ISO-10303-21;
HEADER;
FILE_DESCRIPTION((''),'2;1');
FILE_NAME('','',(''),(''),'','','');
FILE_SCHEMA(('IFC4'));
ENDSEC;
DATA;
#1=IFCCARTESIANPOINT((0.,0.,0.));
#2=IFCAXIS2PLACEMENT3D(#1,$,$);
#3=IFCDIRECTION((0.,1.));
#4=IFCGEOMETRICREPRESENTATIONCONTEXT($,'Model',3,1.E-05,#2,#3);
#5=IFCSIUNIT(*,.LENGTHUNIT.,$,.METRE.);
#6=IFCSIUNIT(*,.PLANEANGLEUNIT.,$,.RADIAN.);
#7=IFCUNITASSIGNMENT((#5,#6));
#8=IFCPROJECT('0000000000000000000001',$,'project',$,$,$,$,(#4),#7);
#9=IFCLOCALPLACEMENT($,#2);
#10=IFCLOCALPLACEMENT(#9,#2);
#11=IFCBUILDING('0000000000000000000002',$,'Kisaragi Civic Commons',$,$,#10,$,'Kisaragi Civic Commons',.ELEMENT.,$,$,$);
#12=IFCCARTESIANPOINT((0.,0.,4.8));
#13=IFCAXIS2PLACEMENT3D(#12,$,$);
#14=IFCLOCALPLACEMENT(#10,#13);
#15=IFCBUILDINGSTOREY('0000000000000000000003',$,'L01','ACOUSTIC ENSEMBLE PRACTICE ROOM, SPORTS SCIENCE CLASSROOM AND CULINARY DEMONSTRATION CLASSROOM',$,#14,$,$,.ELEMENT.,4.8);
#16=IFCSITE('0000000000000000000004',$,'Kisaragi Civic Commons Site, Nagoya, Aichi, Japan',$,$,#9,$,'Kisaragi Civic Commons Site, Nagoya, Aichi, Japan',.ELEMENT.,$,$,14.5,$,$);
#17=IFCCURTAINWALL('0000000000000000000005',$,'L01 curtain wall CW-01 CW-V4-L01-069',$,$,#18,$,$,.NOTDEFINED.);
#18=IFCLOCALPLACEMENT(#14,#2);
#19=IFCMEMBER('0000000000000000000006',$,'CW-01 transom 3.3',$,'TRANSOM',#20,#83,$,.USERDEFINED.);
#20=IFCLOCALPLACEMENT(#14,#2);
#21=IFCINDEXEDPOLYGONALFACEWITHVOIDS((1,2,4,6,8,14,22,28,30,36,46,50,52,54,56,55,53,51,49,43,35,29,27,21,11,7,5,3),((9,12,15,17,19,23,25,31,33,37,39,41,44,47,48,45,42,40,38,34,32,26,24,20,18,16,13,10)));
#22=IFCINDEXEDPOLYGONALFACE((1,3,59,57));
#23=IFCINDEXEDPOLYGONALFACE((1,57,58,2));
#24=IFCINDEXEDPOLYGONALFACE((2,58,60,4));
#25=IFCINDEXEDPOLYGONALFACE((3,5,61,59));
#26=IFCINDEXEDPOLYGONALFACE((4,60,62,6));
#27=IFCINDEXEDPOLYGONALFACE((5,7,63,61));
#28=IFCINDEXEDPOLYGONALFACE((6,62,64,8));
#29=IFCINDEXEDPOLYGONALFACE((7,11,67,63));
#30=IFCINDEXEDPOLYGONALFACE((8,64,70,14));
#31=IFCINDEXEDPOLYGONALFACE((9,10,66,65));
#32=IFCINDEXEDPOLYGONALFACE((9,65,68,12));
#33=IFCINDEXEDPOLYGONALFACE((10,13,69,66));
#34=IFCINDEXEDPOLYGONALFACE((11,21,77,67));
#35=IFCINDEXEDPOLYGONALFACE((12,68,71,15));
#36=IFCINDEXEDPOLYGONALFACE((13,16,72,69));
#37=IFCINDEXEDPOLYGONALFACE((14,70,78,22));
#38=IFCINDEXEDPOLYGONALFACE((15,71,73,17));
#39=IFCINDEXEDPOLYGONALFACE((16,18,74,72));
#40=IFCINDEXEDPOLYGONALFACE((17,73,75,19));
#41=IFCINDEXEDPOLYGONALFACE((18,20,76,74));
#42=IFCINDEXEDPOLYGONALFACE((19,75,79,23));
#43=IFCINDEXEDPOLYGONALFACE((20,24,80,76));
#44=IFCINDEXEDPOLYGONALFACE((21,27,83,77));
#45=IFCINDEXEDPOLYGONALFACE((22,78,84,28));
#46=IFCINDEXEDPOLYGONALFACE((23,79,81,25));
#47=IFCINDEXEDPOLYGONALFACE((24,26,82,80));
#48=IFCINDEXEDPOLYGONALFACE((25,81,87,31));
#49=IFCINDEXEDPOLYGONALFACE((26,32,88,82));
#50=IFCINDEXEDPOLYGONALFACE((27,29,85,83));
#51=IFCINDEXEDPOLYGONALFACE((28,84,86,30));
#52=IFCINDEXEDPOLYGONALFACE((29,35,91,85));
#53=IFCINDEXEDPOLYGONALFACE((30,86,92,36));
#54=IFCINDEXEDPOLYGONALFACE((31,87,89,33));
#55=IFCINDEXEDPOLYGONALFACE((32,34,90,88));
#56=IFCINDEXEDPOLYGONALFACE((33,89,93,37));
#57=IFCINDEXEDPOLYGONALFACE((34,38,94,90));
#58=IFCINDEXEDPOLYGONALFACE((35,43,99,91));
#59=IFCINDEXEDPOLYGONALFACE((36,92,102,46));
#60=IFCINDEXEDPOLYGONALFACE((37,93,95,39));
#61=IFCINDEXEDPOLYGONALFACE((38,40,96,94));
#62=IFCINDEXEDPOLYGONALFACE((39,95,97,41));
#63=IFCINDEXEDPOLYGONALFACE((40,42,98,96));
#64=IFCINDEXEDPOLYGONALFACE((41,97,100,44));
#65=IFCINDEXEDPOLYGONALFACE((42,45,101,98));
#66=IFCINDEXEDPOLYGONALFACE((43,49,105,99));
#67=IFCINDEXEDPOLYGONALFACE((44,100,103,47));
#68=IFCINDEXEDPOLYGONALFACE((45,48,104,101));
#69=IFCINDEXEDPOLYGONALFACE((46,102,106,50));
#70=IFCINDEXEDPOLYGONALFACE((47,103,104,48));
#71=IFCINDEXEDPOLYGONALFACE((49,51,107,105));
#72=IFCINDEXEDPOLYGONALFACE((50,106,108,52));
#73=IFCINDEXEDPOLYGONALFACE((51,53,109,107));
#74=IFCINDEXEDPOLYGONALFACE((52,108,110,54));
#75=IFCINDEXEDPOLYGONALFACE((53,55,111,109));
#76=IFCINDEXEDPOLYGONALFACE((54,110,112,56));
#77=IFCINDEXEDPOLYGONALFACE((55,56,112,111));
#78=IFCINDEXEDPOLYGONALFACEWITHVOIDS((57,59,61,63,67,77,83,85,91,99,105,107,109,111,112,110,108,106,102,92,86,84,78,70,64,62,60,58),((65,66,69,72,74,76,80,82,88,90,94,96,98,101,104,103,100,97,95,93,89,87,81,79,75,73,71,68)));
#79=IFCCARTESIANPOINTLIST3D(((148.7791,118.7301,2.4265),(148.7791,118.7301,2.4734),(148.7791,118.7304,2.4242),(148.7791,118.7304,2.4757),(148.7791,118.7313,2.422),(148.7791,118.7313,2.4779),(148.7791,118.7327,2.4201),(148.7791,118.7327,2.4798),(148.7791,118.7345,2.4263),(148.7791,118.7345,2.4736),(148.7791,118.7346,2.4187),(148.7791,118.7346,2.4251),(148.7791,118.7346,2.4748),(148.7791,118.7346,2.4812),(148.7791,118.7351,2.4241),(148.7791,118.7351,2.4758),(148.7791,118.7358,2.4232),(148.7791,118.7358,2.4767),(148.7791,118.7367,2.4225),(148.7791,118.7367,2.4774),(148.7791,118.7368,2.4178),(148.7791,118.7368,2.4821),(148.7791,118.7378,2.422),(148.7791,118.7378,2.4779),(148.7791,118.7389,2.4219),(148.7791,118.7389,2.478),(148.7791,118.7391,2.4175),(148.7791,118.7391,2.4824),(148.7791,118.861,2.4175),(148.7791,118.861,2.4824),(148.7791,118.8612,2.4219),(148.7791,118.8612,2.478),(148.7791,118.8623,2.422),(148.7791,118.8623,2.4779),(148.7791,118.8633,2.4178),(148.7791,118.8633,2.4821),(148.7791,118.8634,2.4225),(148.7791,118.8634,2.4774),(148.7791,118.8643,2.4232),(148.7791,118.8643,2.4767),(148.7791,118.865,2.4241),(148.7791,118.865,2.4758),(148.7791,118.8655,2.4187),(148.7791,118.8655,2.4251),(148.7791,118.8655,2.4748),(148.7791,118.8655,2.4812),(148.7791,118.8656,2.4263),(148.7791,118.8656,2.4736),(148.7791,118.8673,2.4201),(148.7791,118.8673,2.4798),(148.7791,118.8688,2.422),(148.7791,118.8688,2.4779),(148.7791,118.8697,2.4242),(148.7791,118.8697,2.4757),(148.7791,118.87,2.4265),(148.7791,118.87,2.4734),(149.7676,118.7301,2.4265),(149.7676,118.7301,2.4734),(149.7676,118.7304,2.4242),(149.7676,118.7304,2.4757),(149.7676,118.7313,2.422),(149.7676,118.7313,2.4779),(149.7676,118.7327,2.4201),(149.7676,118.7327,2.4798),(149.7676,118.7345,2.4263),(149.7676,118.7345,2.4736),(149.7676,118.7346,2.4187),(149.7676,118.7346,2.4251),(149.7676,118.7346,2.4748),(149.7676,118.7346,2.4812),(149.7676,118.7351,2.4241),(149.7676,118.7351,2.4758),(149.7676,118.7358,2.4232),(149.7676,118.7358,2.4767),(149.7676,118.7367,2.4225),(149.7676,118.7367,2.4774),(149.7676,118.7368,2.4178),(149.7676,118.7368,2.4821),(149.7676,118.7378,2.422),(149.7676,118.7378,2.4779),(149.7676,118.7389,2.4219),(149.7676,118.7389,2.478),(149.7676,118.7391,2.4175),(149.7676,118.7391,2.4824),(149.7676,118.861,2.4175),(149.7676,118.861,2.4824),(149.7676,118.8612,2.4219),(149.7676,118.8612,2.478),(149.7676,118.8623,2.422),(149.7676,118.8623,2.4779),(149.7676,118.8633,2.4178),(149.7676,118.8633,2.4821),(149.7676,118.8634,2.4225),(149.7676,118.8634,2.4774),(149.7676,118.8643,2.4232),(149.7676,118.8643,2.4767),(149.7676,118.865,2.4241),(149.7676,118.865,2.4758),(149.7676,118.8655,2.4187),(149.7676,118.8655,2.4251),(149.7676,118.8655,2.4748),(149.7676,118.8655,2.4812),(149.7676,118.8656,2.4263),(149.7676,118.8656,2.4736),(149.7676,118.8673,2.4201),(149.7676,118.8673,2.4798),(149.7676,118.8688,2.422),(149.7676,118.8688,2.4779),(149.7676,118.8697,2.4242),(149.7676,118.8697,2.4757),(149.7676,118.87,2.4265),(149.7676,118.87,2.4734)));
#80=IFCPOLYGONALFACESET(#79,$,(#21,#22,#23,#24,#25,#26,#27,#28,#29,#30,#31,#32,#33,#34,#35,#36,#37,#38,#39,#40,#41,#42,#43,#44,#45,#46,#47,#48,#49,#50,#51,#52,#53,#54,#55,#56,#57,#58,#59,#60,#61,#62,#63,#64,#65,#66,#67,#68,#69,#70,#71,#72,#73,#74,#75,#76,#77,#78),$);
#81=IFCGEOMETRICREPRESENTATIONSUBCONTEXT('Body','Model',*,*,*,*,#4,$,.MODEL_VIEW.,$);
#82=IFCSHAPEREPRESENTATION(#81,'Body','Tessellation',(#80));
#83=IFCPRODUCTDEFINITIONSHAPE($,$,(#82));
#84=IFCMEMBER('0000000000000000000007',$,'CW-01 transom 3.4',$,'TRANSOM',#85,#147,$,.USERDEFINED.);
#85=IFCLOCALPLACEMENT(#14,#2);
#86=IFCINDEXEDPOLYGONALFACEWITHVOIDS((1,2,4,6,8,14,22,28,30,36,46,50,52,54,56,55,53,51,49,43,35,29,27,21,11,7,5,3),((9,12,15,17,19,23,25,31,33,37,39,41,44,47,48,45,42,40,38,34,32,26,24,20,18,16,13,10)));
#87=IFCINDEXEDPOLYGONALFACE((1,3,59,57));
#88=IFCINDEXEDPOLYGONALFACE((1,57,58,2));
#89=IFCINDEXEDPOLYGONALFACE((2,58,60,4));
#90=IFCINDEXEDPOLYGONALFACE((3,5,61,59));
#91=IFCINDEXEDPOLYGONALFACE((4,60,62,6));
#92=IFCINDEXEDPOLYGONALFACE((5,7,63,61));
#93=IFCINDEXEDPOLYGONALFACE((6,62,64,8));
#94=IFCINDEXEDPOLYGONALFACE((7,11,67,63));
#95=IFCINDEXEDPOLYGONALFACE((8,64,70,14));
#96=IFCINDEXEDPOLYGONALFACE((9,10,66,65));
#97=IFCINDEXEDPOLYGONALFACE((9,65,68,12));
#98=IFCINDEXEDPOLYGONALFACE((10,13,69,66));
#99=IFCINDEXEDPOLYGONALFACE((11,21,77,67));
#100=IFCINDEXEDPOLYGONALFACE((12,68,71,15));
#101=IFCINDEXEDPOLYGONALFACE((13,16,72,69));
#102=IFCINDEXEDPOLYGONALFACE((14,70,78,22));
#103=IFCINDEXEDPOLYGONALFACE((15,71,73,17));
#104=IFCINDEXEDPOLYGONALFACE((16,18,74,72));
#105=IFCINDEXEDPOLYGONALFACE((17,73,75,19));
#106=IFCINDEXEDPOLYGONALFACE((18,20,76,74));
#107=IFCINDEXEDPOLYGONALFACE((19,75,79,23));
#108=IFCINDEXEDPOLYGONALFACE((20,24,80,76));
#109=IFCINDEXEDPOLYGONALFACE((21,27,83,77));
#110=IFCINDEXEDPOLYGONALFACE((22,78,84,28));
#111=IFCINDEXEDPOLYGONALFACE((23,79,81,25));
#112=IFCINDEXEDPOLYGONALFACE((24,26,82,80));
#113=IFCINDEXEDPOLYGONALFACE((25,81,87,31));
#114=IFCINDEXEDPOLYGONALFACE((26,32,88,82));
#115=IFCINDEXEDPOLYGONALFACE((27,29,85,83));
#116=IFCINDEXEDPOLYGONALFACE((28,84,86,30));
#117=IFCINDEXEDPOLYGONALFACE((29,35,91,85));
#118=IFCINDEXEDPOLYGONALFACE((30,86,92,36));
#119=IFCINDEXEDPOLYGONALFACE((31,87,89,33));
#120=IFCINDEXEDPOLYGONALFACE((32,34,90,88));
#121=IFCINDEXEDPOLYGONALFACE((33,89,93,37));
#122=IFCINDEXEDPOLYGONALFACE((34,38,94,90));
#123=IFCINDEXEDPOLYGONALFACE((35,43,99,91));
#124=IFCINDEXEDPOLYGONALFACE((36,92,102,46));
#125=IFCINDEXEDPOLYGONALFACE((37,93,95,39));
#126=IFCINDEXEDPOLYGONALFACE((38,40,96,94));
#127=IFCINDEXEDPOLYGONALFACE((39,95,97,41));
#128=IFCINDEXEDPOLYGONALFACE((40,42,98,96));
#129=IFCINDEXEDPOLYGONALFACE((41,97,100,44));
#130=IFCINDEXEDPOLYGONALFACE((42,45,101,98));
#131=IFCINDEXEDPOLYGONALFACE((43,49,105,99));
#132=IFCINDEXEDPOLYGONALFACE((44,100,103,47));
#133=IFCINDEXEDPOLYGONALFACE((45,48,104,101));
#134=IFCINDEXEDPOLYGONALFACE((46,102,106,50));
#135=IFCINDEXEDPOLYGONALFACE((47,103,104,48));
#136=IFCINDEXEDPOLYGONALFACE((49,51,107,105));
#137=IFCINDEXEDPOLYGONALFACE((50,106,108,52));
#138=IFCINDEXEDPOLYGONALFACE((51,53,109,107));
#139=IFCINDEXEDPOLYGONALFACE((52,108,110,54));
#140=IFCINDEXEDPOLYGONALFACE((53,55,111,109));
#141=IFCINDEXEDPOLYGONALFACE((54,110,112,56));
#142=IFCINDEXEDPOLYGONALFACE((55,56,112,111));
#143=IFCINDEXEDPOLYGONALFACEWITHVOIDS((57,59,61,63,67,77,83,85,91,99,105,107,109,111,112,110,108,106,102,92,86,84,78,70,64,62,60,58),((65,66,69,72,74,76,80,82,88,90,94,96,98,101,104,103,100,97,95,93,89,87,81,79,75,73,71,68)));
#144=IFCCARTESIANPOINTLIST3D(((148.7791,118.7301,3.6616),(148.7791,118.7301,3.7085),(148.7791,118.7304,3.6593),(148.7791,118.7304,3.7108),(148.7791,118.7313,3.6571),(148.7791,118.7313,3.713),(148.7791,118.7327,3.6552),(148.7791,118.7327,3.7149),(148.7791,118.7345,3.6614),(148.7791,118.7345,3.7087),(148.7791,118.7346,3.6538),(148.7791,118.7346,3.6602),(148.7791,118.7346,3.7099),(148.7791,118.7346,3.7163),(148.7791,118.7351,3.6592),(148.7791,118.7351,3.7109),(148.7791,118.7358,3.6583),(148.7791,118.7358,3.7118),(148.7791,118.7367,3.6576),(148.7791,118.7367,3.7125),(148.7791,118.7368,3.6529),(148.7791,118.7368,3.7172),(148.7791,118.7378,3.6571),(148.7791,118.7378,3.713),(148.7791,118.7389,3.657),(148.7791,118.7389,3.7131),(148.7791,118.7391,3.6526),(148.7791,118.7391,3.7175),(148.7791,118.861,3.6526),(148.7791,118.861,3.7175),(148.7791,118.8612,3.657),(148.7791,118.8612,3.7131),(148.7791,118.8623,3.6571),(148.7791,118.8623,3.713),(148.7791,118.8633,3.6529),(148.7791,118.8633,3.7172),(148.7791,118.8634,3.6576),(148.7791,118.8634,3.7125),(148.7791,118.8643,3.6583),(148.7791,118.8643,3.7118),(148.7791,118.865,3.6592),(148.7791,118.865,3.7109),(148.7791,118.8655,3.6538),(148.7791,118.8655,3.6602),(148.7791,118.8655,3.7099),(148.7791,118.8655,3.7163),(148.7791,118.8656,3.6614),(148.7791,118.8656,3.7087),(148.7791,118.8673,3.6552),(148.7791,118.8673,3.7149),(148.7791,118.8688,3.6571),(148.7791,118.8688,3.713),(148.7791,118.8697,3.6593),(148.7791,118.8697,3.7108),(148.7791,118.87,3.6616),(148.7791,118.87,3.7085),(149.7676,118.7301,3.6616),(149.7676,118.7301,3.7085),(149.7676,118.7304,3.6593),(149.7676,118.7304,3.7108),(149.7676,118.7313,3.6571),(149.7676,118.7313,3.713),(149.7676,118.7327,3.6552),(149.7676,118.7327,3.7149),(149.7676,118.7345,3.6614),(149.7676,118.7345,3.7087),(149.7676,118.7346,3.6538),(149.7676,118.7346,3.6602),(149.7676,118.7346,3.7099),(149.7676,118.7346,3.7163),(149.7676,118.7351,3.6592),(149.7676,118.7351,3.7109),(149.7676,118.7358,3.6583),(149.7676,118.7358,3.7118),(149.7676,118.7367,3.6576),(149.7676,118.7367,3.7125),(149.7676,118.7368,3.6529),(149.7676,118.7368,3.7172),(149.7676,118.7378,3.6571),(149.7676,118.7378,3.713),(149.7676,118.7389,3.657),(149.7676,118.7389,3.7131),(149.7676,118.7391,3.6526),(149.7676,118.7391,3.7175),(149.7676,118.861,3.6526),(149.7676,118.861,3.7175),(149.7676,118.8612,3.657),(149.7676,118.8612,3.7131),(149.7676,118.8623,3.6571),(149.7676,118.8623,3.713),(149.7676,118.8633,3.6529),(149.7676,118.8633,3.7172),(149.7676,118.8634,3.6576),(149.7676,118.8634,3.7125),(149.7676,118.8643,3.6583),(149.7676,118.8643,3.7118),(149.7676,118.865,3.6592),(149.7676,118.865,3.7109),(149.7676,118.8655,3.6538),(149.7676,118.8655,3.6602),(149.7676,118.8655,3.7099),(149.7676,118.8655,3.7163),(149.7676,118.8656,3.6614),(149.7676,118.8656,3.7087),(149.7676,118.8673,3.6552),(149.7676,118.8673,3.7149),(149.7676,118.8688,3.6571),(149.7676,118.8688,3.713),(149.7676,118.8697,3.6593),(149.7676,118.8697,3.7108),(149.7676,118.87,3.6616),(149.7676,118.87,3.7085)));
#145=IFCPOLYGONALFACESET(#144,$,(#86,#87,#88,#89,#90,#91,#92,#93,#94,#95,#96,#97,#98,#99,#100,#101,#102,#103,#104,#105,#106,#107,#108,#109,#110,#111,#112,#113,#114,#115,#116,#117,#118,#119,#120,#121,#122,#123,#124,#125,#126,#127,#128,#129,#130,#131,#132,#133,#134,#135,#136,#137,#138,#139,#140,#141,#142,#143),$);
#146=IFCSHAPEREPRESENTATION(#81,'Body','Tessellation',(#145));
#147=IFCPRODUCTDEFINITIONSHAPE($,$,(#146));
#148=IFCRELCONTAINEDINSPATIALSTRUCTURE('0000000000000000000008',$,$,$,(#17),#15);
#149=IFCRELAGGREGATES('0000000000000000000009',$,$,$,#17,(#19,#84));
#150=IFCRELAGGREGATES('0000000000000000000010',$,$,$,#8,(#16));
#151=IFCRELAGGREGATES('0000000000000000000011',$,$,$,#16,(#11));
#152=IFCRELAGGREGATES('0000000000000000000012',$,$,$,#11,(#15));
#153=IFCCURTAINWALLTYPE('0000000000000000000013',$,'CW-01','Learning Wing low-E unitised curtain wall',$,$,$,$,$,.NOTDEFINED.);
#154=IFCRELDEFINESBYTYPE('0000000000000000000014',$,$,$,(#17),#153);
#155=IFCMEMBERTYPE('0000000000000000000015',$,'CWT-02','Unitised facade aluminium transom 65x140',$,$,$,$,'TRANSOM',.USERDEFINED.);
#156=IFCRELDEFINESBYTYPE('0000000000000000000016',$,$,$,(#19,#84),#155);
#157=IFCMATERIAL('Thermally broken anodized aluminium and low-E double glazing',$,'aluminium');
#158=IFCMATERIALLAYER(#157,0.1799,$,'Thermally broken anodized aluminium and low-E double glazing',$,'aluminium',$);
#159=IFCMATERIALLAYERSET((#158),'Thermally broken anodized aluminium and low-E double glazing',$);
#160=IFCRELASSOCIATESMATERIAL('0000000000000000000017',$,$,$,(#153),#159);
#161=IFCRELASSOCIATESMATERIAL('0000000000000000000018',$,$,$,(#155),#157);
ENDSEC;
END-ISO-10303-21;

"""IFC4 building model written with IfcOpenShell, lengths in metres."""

from ifc_helpers import new_model, si_unit, direction, frame, origin, origin_2d, place, context, subcontext, project, spatial, hollow_rectangle, extrude, material, layer, layer_set, material_profile, profile_set, type_object, element, aggregate, save


model = new_model("IFC4")

# Units and contexts
model_context = context("Model", 3, precision=1e-05, world=origin(), true_north=direction((0.0, 1.0)))
body_context = subcontext(model_context, "Body", "Model", "MODEL_VIEW")
ifc_project = project(units=[si_unit("LENGTHUNIT", "METRE"), si_unit("PLANEANGLEUNIT", "RADIAN")], contexts=[model_context])

# Site, building, storey
site_placement = place(None, origin())
site = spatial("IfcSite", under=ifc_project, at=site_placement, Name="Kisaragi Civic Commons Site, Nagoya, Aichi, Japan", LongName="Kisaragi Civic Commons Site, Nagoya, Aichi, Japan", CompositionType="ELEMENT", RefElevation=14.5)
building_placement = place(site_placement, origin())
building = spatial("IfcBuilding", under=site, at=building_placement, Name="Kisaragi Civic Commons", LongName="Kisaragi Civic Commons", CompositionType="ELEMENT")
storey_placement = place(building_placement, frame((0.0, 0.0, 4.8)))
storey = spatial("IfcBuildingStorey", under=building, at=storey_placement, Name="L01", Description="ACOUSTIC ENSEMBLE PRACTICE ROOM, SPORTS SCIENCE CLASSROOM AND CULINARY DEMONSTRATION CLASSROOM", CompositionType="ELEMENT", Elevation=4.8)

# Curtain wall, members
ifc_material = material(Name="Thermally broken anodized aluminium and low-E double glazing", Category="aluminium")
ifc_layer_1 = layer(ifc_material, 0.1799, Name="Thermally broken anodized aluminium and low-E double glazing", Category="aluminium")
ifc_layer_set_1 = layer_set([ifc_layer_1], Name="Thermally broken anodized aluminium and low-E double glazing")
curtain_wall_type = type_object("IfcCurtainWallType", Name="CW-01", Description="Learning Wing low-E unitised curtain wall", PredefinedType="NOTDEFINED", material=ifc_layer_set_1)
curtain_wall_placement = place(storey_placement, origin())
curtain_wall = element("IfcCurtainWall", 1, at=curtain_wall_placement, inside=storey, type_object=curtain_wall_type, Name="L01 curtain wall CW-01 CW-V4-L01-069", PredefinedType="NOTDEFINED")
ifc_material_profile_1 = material_profile(ifc_material, hollow_rectangle(XDim=0.1399, YDim=0.0649, WallThickness=0.0044, InnerFilletRadius=0.0044, OuterFilletRadius=0.009, at=origin_2d()), Name="CWT-65x140x4.5", Category="aluminium")
ifc_profile_set_1 = profile_set([ifc_material_profile_1], Name="Thermally broken anodized aluminium and low-E double glazing")
member_type_1 = type_object("IfcMemberType", Name="CWT-02", Description="Unitised facade aluminium transom 65x140", ElementType="TRANSOM", PredefinedType="USERDEFINED", material=ifc_profile_set_1)
member_1_placement = place(storey_placement, frame((148.7791, 118.8, 2.45), z_axis=(1.0, 0.0, 0.0), x_axis=(0.0, 1.0, 0.0)))
member_1 = element("IfcMember", 2, at=member_1_placement, type_object=member_type_1, Name="CW-01 transom 3.3", ObjectType="TRANSOM", PredefinedType="USERDEFINED", context=body_context, shape_type="SweptSolid", body=[
    extrude(hollow_rectangle(XDim=0.1399, YDim=0.0649, WallThickness=0.0044, InnerFilletRadius=0.0044, OuterFilletRadius=0.009, at=origin_2d()), origin(), (0.0, 0.0, 1.0), 0.9885),
])
member_2_placement = place(storey_placement, frame((148.7791, 118.8, 3.6851), z_axis=(1.0, 0.0, 0.0), x_axis=(0.0, 1.0, 0.0)))
member_2 = element("IfcMember", 3, at=member_2_placement, type_object=member_type_1, Name="CW-01 transom 3.4", ObjectType="TRANSOM", PredefinedType="USERDEFINED", context=body_context, shape_type="SweptSolid", body=[
    extrude(hollow_rectangle(XDim=0.1399, YDim=0.0649, WallThickness=0.0044, InnerFilletRadius=0.0044, OuterFilletRadius=0.009, at=origin_2d()), origin(), (0.0, 0.0, 1.0), 0.9885),
])
aggregate(curtain_wall, [member_1, member_2])

save(model, "model.ifc")
